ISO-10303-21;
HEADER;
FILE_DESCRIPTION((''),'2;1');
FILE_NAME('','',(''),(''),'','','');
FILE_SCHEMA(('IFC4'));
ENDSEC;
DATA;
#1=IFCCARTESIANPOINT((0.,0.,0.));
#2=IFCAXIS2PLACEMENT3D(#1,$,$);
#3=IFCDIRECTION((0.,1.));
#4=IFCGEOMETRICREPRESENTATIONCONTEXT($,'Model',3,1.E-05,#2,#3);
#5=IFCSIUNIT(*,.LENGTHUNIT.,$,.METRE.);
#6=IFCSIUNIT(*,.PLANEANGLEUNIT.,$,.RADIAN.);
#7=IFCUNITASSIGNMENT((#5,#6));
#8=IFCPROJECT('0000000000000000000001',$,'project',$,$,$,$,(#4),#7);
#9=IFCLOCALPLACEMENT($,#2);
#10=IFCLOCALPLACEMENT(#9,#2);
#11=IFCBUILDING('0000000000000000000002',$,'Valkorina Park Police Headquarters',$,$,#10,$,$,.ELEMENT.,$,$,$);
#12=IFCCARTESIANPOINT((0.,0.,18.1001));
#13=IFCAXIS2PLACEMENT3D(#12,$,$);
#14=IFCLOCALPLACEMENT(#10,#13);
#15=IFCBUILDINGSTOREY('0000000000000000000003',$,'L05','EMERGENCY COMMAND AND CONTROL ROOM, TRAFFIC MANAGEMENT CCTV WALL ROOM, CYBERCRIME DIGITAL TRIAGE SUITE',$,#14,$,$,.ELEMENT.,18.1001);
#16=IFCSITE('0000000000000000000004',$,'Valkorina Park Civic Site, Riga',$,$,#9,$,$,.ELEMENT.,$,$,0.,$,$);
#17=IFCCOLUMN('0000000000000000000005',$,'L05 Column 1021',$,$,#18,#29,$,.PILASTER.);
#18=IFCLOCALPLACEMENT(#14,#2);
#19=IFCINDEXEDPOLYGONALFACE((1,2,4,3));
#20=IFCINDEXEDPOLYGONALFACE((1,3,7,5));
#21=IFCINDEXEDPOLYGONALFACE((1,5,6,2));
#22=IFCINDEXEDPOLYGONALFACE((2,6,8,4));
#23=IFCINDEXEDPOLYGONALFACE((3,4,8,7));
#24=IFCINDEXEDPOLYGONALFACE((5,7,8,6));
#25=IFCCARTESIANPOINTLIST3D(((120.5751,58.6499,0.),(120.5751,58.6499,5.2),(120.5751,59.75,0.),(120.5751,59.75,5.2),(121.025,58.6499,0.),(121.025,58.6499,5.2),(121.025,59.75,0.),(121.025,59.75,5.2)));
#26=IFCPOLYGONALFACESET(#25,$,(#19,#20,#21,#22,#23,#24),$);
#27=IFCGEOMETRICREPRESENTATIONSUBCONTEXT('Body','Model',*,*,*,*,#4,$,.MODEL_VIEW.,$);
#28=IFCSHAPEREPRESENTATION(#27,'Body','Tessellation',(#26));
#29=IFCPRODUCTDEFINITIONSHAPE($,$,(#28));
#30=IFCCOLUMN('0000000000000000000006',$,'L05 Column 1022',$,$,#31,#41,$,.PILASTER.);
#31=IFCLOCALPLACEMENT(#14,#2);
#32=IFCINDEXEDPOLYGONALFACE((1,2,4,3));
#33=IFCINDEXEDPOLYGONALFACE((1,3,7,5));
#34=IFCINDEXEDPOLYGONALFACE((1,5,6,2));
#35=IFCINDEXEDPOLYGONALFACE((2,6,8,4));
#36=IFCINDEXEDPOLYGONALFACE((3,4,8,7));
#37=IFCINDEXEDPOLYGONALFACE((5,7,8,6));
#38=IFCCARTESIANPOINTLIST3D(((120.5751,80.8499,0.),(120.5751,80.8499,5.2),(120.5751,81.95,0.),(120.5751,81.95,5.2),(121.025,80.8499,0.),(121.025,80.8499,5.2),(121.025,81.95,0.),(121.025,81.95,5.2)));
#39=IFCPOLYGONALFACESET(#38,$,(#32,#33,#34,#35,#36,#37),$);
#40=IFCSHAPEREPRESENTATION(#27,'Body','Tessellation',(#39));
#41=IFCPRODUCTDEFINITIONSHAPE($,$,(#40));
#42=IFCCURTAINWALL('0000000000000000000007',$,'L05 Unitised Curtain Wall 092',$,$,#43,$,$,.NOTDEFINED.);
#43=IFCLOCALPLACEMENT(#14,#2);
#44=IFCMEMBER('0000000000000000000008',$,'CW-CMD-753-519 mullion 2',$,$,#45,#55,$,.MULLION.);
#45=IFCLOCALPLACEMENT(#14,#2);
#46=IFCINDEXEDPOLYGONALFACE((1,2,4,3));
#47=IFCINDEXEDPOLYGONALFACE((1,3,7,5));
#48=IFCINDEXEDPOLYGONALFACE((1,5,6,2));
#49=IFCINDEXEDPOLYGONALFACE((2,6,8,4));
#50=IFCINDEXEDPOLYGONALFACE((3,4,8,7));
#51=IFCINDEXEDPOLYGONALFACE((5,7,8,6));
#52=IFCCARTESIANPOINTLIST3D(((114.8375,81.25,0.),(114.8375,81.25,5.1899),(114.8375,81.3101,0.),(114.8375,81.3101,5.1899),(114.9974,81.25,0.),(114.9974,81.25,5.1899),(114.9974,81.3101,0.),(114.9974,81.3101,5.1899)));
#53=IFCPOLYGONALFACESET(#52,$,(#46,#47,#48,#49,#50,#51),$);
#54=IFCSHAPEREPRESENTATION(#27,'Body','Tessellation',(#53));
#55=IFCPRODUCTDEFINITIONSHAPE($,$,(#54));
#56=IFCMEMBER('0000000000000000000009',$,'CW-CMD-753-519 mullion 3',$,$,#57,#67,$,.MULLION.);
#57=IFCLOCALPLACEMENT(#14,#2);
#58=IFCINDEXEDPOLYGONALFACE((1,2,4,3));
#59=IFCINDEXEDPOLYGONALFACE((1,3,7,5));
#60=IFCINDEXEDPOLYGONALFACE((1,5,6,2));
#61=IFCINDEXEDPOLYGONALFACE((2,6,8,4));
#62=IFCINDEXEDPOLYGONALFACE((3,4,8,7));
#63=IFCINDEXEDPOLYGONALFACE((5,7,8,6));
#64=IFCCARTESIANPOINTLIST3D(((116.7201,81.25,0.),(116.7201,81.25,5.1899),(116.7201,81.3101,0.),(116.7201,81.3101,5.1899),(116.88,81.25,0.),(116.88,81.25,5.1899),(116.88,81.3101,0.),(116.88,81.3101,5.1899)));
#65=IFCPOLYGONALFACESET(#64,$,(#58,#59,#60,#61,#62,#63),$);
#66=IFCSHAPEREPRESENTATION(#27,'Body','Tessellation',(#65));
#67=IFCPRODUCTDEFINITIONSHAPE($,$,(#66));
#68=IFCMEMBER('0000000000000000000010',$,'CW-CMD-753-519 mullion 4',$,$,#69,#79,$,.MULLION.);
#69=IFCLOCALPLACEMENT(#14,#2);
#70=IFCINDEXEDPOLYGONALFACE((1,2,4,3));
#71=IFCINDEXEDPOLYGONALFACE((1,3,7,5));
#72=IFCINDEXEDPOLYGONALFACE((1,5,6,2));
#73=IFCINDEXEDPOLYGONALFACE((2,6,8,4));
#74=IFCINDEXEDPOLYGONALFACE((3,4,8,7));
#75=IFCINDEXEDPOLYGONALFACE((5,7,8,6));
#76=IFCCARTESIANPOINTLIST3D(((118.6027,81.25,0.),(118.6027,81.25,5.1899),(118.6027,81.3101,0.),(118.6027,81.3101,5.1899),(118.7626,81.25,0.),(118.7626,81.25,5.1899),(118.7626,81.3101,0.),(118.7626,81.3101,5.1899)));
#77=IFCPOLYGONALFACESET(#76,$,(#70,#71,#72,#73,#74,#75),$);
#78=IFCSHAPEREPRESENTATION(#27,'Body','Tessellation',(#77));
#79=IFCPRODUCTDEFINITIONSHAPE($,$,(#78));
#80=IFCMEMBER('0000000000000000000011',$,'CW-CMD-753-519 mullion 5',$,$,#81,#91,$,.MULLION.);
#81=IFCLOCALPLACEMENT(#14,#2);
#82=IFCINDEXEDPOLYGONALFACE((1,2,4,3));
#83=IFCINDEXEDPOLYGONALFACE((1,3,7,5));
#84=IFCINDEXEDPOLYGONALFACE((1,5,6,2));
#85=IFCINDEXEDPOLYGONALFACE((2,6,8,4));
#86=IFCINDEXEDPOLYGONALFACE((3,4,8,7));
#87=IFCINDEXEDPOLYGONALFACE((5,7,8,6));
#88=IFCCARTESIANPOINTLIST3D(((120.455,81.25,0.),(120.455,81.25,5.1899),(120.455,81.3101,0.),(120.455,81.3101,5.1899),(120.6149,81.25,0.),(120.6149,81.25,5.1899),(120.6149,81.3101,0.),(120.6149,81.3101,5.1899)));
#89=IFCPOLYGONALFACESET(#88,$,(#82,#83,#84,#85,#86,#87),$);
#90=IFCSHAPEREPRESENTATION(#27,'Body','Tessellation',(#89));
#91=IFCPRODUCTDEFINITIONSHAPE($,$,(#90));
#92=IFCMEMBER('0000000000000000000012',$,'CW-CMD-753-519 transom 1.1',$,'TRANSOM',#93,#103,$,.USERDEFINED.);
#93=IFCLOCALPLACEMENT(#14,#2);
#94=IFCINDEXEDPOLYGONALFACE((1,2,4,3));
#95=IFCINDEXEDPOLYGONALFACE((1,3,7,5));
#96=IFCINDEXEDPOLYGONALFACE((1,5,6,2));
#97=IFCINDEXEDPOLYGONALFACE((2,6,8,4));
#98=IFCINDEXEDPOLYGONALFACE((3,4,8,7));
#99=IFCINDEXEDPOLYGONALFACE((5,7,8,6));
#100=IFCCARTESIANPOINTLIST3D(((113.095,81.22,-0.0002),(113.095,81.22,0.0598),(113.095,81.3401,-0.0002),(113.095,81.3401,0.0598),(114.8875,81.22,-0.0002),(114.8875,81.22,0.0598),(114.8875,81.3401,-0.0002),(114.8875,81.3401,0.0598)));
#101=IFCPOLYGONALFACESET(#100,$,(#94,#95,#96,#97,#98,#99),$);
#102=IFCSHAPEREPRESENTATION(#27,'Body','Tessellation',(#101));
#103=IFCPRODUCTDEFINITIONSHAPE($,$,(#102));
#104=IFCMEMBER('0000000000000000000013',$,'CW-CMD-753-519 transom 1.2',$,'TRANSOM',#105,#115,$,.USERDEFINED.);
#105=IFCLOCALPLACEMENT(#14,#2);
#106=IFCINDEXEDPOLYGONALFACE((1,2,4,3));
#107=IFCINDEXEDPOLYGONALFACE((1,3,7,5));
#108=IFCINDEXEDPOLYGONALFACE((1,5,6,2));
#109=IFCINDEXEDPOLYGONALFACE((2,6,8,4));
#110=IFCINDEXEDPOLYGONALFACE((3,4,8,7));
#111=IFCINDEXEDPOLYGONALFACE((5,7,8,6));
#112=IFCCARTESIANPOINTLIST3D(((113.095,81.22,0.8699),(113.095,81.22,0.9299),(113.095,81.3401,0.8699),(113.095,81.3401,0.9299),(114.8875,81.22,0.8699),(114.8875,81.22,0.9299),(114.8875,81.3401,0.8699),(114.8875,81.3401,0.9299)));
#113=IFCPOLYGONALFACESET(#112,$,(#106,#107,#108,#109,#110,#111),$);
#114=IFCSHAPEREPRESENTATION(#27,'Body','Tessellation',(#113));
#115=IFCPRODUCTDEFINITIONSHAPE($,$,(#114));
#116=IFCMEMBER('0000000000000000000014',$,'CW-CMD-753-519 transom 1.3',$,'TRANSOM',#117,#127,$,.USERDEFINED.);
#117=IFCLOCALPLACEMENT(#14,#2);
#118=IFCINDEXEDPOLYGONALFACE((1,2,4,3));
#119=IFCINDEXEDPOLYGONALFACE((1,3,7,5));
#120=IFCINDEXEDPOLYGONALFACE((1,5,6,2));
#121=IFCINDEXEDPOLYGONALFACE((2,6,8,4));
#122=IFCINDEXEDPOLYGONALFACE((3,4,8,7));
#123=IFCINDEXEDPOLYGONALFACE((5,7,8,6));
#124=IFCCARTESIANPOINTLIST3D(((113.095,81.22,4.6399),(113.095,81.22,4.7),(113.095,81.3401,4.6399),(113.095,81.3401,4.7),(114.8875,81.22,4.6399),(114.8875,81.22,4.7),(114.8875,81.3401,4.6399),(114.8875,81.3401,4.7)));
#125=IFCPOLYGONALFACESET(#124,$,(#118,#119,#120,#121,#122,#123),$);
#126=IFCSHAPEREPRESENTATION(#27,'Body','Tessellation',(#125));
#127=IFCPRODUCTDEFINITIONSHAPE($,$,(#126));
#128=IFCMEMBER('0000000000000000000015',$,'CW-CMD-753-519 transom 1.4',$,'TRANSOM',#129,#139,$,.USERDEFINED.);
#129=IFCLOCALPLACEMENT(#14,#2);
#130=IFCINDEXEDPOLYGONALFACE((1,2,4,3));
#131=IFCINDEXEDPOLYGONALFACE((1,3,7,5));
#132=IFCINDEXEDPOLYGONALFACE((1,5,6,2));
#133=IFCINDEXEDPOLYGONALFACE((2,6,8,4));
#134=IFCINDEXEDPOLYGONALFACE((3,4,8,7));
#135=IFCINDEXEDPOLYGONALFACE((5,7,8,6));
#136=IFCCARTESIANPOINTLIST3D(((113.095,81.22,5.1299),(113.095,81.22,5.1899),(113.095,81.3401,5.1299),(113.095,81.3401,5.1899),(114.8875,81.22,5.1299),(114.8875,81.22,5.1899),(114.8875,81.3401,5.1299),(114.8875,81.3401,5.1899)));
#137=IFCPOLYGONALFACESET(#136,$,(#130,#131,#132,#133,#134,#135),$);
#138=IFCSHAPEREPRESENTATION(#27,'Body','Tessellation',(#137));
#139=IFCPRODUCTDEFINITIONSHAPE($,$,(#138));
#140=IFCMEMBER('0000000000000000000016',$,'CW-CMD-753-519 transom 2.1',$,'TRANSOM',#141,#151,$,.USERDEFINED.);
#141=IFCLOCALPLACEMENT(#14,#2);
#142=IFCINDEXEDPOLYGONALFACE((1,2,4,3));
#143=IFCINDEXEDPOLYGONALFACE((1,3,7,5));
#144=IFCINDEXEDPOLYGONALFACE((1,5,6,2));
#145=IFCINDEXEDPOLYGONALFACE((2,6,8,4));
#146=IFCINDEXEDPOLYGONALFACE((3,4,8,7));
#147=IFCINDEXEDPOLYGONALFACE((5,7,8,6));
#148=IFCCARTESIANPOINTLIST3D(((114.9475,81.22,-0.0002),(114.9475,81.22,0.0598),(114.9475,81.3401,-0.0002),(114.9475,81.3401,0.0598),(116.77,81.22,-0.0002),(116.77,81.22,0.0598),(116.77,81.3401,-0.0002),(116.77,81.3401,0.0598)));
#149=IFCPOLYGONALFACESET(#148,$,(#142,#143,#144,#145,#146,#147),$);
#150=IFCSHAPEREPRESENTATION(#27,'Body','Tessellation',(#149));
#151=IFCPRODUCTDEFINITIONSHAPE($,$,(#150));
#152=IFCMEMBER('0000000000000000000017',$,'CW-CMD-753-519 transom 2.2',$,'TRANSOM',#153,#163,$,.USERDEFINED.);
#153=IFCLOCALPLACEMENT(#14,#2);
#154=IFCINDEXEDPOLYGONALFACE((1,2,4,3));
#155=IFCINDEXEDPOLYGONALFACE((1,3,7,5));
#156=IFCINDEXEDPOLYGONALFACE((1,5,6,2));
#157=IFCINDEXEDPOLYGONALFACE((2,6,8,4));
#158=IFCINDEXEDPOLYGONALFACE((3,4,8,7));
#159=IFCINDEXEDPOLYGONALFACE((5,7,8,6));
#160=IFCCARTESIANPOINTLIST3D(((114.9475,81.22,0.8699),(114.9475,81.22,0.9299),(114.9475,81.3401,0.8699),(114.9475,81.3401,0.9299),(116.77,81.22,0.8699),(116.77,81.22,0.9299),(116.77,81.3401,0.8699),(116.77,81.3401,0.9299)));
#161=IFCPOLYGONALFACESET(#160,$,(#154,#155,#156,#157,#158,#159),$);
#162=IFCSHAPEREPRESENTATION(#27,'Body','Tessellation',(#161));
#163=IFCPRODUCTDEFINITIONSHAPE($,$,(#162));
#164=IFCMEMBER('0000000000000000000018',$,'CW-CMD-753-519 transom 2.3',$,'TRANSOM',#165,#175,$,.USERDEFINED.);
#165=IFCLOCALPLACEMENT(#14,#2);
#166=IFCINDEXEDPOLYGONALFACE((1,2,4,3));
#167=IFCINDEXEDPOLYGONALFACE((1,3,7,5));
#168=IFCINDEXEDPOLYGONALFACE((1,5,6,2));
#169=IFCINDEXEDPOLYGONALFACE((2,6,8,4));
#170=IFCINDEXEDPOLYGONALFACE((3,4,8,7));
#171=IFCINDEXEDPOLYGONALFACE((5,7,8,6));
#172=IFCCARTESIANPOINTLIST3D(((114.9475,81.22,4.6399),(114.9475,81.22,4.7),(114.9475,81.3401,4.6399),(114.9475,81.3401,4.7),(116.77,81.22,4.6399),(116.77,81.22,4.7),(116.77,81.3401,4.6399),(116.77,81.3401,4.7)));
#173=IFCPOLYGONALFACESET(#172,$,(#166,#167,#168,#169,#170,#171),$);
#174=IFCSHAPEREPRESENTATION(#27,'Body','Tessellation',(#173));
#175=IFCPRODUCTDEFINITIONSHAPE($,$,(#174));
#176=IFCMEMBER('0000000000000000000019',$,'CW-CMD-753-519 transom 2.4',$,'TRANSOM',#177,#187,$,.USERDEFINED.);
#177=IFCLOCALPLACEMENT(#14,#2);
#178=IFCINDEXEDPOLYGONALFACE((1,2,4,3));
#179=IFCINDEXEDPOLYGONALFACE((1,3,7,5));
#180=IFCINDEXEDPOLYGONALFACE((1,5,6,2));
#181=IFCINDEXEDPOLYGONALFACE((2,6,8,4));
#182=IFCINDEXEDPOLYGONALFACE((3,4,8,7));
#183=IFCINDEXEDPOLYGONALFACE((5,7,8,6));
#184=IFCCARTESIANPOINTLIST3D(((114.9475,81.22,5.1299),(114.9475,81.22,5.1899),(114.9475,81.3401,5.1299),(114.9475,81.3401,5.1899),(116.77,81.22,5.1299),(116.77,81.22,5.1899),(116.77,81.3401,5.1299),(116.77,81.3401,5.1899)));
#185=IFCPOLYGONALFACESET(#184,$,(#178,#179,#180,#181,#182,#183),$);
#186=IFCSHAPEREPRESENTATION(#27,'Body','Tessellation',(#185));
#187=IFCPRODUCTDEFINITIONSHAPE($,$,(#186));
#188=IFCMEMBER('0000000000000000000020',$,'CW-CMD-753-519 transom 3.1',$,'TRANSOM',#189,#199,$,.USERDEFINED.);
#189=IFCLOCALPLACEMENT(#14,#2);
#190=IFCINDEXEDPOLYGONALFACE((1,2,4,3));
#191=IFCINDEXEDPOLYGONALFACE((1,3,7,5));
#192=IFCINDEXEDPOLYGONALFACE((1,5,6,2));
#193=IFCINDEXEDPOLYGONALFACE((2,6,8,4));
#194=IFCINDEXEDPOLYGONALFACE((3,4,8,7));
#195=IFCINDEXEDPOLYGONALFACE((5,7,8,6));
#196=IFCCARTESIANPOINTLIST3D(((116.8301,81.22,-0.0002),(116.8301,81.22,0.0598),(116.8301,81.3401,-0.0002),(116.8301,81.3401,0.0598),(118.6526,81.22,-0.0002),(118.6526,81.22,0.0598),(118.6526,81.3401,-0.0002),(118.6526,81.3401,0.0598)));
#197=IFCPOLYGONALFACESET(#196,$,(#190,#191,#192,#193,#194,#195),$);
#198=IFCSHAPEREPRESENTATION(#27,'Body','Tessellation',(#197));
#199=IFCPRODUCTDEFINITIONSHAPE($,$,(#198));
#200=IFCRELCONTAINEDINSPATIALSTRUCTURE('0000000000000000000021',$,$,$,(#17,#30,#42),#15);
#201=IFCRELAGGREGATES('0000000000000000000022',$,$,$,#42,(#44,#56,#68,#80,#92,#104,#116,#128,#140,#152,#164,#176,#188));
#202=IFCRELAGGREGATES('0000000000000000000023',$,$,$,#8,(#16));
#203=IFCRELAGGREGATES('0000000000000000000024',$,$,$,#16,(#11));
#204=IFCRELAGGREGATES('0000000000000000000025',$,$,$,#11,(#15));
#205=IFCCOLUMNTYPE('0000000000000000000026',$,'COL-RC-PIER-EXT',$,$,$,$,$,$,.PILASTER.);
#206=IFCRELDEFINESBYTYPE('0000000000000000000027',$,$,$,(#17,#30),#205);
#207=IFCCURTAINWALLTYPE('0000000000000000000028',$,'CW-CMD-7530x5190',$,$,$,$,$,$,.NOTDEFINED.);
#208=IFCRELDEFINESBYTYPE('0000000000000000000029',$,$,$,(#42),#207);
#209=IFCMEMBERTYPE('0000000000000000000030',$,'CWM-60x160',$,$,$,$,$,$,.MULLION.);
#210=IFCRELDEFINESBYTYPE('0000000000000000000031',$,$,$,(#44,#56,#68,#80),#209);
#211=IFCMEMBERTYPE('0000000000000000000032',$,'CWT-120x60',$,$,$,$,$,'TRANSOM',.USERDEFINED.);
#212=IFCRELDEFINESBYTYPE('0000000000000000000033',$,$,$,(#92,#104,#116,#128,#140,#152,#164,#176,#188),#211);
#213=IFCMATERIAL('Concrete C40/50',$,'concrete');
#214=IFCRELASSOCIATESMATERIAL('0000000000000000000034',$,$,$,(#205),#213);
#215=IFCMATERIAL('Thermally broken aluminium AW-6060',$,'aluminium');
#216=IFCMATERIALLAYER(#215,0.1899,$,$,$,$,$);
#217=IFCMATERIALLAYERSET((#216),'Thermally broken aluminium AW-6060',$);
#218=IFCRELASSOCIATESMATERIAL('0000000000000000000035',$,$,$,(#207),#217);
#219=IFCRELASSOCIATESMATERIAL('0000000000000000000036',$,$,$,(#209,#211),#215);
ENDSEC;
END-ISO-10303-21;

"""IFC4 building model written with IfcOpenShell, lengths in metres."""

from ifc_helpers import new_model, si_unit, direction, frame, origin, origin_2d, place, context, subcontext, project, spatial, rectangle, extrude, material, layer, layer_set, material_profile, profile_set, type_object, element, aggregate, save


model = new_model("IFC4")

# Units and contexts
model_context = context("Model", 3, precision=1e-05, world=origin(), true_north=direction((0.0, 1.0)))
body_context = subcontext(model_context, "Body", "Model", "MODEL_VIEW")
ifc_project = project(units=[si_unit("LENGTHUNIT", "METRE"), si_unit("PLANEANGLEUNIT", "RADIAN")], contexts=[model_context])

# Site, building, storey
site_placement = place(None, origin())
site = spatial("IfcSite", under=ifc_project, at=site_placement, Name="Valkorina Park Civic Site, Riga", CompositionType="ELEMENT", RefElevation=0.0)
building_placement = place(site_placement, origin())
building = spatial("IfcBuilding", under=site, at=building_placement, Name="Valkorina Park Police Headquarters", CompositionType="ELEMENT")
storey_placement = place(building_placement, frame((0.0, 0.0, 18.1001)))
storey = spatial("IfcBuildingStorey", under=building, at=storey_placement, Name="L05", Description="EMERGENCY COMMAND AND CONTROL ROOM, TRAFFIC MANAGEMENT CCTV WALL ROOM, CYBERCRIME DIGITAL TRIAGE SUITE", CompositionType="ELEMENT", Elevation=18.1001)

# Columns
ifc_material_1 = material(Name="Concrete C40/50", Category="concrete")
ifc_material_profile_1 = material_profile(ifc_material_1, rectangle(XDim=0.45, YDim=1.1001, at=origin_2d()), Name="RC PIER 450x1100")
ifc_profile_set_1 = profile_set([ifc_material_profile_1], Name="Concrete C40/50")
column_type = type_object("IfcColumnType", Name="COL-RC-PIER-EXT", PredefinedType="PILASTER", material=ifc_profile_set_1)
for number, where, z_axis, x_axis, name in (
    (1, (120.8, 59.2, 0.0), (0.0, 0.0, 1.0), (1.0, 0.0, 0.0), "L05 Column 1021"),
    (2, (120.8, 81.3999, 0.0), (0.0, 0.0, 1.0), (1.0, 0.0, 0.0), "L05 Column 1022"),
):
    element("IfcColumn", number, at=place(storey_placement, frame(where, z_axis=z_axis, x_axis=x_axis)), inside=storey, type_object=column_type, Name=name, PredefinedType="PILASTER", context=body_context, shape_type="SweptSolid", body=[
        extrude(rectangle(XDim=0.45, YDim=1.1001, at=origin_2d()), origin(), (0.0, 0.0, 1.0), 5.2),
    ])

# Curtain wall, members
ifc_material_2 = material(Name="Thermally broken aluminium AW-6060", Category="aluminium")
ifc_layer_1 = layer(ifc_material_2, 0.1899)
ifc_layer_set_1 = layer_set([ifc_layer_1], Name="Thermally broken aluminium AW-6060")
curtain_wall_type = type_object("IfcCurtainWallType", Name="CW-CMD-7530x5190", PredefinedType="NOTDEFINED", material=ifc_layer_set_1)
curtain_wall_placement = place(storey_placement, origin())
curtain_wall = element("IfcCurtainWall", 3, at=curtain_wall_placement, inside=storey, type_object=curtain_wall_type, Name="L05 Unitised Curtain Wall 092", PredefinedType="NOTDEFINED")
ifc_material_profile_2 = material_profile(ifc_material_2, rectangle(XDim=0.0601, YDim=0.1599, at=origin_2d()), Name="CWM-01 60x160")
ifc_profile_set_2 = profile_set([ifc_material_profile_2], Name="Thermally broken aluminium AW-6060")
member_type_1 = type_object("IfcMemberType", Name="CWM-60x160", PredefinedType="MULLION", material=ifc_profile_set_2)
member_1_placement = place(storey_placement, frame((114.9175, 81.28, 0.0), z_axis=(0.0, 0.0, 1.0), x_axis=(0.0, 1.0, 0.0)))
member_1 = element("IfcMember", 4, at=member_1_placement, type_object=member_type_1, Name="CW-CMD-753-519 mullion 2", PredefinedType="MULLION", context=body_context, shape_type="SweptSolid", body=[
    extrude(rectangle(XDim=0.0601, YDim=0.1599, at=origin_2d()), origin(), (0.0, 0.0, 1.0), 5.1899),
])
member_2_placement = place(storey_placement, frame((116.8, 81.28, 0.0), z_axis=(0.0, 0.0, 1.0), x_axis=(0.0, 1.0, 0.0)))
member_2 = element("IfcMember", 5, at=member_2_placement, type_object=member_type_1, Name="CW-CMD-753-519 mullion 3", PredefinedType="MULLION", context=body_context, shape_type="SweptSolid", body=[
    extrude(rectangle(XDim=0.0601, YDim=0.1599, at=origin_2d()), origin(), (0.0, 0.0, 1.0), 5.1899),
])
member_3_placement = place(storey_placement, frame((118.6826, 81.28, 0.0), z_axis=(0.0, 0.0, 1.0), x_axis=(0.0, 1.0, 0.0)))
member_3 = element("IfcMember", 6, at=member_3_placement, type_object=member_type_1, Name="CW-CMD-753-519 mullion 4", PredefinedType="MULLION", context=body_context, shape_type="SweptSolid", body=[
    extrude(rectangle(XDim=0.0601, YDim=0.1599, at=origin_2d()), origin(), (0.0, 0.0, 1.0), 5.1899),
])
member_4_placement = place(storey_placement, frame((120.5349, 81.28, 0.0), z_axis=(0.0, 0.0, 1.0), x_axis=(0.0, 1.0, 0.0)))
member_4 = element("IfcMember", 7, at=member_4_placement, type_object=member_type_1, Name="CW-CMD-753-519 mullion 5", PredefinedType="MULLION", context=body_context, shape_type="SweptSolid", body=[
    extrude(rectangle(XDim=0.0601, YDim=0.1599, at=origin_2d()), origin(), (0.0, 0.0, 1.0), 5.1899),
])
ifc_material_profile_3 = material_profile(ifc_material_2, rectangle(XDim=0.1201, YDim=0.0601, at=origin_2d()), Name="CWT-01 120x60")
ifc_profile_set_3 = profile_set([ifc_material_profile_3], Name="Thermally broken aluminium AW-6060")
member_type_2 = type_object("IfcMemberType", Name="CWT-120x60", ElementType="TRANSOM", PredefinedType="USERDEFINED", material=ifc_profile_set_3)
member_5_placement = place(storey_placement, frame((113.095, 81.28, 0.0298), z_axis=(1.0, 0.0, 0.0), x_axis=(0.0, 1.0, 0.0)))
member_5 = element("IfcMember", 8, at=member_5_placement, type_object=member_type_2, Name="CW-CMD-753-519 transom 1.1", ObjectType="TRANSOM", PredefinedType="USERDEFINED", context=body_context, shape_type="SweptSolid", body=[
    extrude(rectangle(XDim=0.1201, YDim=0.0601, at=origin_2d()), origin(), (0.0, 0.0, 1.0), 1.7925),
])
member_6_placement = place(storey_placement, frame((113.095, 81.28, 0.8999), z_axis=(1.0, 0.0, 0.0), x_axis=(0.0, 1.0, 0.0)))
member_6 = element("IfcMember", 9, at=member_6_placement, type_object=member_type_2, Name="CW-CMD-753-519 transom 1.2", ObjectType="TRANSOM", PredefinedType="USERDEFINED", context=body_context, shape_type="SweptSolid", body=[
    extrude(rectangle(XDim=0.1201, YDim=0.0601, at=origin_2d()), origin(), (0.0, 0.0, 1.0), 1.7925),
])
member_7_placement = place(storey_placement, frame((113.095, 81.28, 4.6699), z_axis=(1.0, 0.0, 0.0), x_axis=(0.0, 1.0, 0.0)))
member_7 = element("IfcMember", 10, at=member_7_placement, type_object=member_type_2, Name="CW-CMD-753-519 transom 1.3", ObjectType="TRANSOM", PredefinedType="USERDEFINED", context=body_context, shape_type="SweptSolid", body=[
    extrude(rectangle(XDim=0.1201, YDim=0.0601, at=origin_2d()), origin(), (0.0, 0.0, 1.0), 1.7925),
])
member_8_placement = place(storey_placement, frame((113.095, 81.28, 5.1599), z_axis=(1.0, 0.0, 0.0), x_axis=(0.0, 1.0, 0.0)))
member_8 = element("IfcMember", 11, at=member_8_placement, type_object=member_type_2, Name="CW-CMD-753-519 transom 1.4", ObjectType="TRANSOM", PredefinedType="USERDEFINED", context=body_context, shape_type="SweptSolid", body=[
    extrude(rectangle(XDim=0.1201, YDim=0.0601, at=origin_2d()), origin(), (0.0, 0.0, 1.0), 1.7925),
])
member_9_placement = place(storey_placement, frame((114.9475, 81.28, 0.0298), z_axis=(1.0, 0.0, 0.0), x_axis=(0.0, 1.0, 0.0)))
member_9 = element("IfcMember", 12, at=member_9_placement, type_object=member_type_2, Name="CW-CMD-753-519 transom 2.1", ObjectType="TRANSOM", PredefinedType="USERDEFINED", context=body_context, shape_type="SweptSolid", body=[
    extrude(rectangle(XDim=0.1201, YDim=0.0601, at=origin_2d()), origin(), (0.0, 0.0, 1.0), 1.8225),
])
member_10_placement = place(storey_placement, frame((114.9475, 81.28, 0.8999), z_axis=(1.0, 0.0, 0.0), x_axis=(0.0, 1.0, 0.0)))
member_10 = element("IfcMember", 13, at=member_10_placement, type_object=member_type_2, Name="CW-CMD-753-519 transom 2.2", ObjectType="TRANSOM", PredefinedType="USERDEFINED", context=body_context, shape_type="SweptSolid", body=[
    extrude(rectangle(XDim=0.1201, YDim=0.0601, at=origin_2d()), origin(), (0.0, 0.0, 1.0), 1.8225),
])
member_11_placement = place(storey_placement, frame((114.9475, 81.28, 4.6699), z_axis=(1.0, 0.0, 0.0), x_axis=(0.0, 1.0, 0.0)))
member_11 = element("IfcMember", 14, at=member_11_placement, type_object=member_type_2, Name="CW-CMD-753-519 transom 2.3", ObjectType="TRANSOM", PredefinedType="USERDEFINED", context=body_context, shape_type="SweptSolid", body=[
    extrude(rectangle(XDim=0.1201, YDim=0.0601, at=origin_2d()), origin(), (0.0, 0.0, 1.0), 1.8225),
])
member_12_placement = place(storey_placement, frame((114.9475, 81.28, 5.1599), z_axis=(1.0, 0.0, 0.0), x_axis=(0.0, 1.0, 0.0)))
member_12 = element("IfcMember", 15, at=member_12_placement, type_object=member_type_2, Name="CW-CMD-753-519 transom 2.4", ObjectType="TRANSOM", PredefinedType="USERDEFINED", context=body_context, shape_type="SweptSolid", body=[
    extrude(rectangle(XDim=0.1201, YDim=0.0601, at=origin_2d()), origin(), (0.0, 0.0, 1.0), 1.8225),
])
member_13_placement = place(storey_placement, frame((116.8301, 81.28, 0.0298), z_axis=(1.0, 0.0, 0.0), x_axis=(0.0, 1.0, 0.0)))
member_13 = element("IfcMember", 16, at=member_13_placement, type_object=member_type_2, Name="CW-CMD-753-519 transom 3.1", ObjectType="TRANSOM", PredefinedType="USERDEFINED", context=body_context, shape_type="SweptSolid", body=[
    extrude(rectangle(XDim=0.1201, YDim=0.0601, at=origin_2d()), origin(), (0.0, 0.0, 1.0), 1.8225),
])
aggregate(curtain_wall, [member_1, member_2, member_3, member_4, member_5, member_6, member_7, member_8, member_9, member_10, member_11, member_12, member_13])

save(model, "model.ifc")
